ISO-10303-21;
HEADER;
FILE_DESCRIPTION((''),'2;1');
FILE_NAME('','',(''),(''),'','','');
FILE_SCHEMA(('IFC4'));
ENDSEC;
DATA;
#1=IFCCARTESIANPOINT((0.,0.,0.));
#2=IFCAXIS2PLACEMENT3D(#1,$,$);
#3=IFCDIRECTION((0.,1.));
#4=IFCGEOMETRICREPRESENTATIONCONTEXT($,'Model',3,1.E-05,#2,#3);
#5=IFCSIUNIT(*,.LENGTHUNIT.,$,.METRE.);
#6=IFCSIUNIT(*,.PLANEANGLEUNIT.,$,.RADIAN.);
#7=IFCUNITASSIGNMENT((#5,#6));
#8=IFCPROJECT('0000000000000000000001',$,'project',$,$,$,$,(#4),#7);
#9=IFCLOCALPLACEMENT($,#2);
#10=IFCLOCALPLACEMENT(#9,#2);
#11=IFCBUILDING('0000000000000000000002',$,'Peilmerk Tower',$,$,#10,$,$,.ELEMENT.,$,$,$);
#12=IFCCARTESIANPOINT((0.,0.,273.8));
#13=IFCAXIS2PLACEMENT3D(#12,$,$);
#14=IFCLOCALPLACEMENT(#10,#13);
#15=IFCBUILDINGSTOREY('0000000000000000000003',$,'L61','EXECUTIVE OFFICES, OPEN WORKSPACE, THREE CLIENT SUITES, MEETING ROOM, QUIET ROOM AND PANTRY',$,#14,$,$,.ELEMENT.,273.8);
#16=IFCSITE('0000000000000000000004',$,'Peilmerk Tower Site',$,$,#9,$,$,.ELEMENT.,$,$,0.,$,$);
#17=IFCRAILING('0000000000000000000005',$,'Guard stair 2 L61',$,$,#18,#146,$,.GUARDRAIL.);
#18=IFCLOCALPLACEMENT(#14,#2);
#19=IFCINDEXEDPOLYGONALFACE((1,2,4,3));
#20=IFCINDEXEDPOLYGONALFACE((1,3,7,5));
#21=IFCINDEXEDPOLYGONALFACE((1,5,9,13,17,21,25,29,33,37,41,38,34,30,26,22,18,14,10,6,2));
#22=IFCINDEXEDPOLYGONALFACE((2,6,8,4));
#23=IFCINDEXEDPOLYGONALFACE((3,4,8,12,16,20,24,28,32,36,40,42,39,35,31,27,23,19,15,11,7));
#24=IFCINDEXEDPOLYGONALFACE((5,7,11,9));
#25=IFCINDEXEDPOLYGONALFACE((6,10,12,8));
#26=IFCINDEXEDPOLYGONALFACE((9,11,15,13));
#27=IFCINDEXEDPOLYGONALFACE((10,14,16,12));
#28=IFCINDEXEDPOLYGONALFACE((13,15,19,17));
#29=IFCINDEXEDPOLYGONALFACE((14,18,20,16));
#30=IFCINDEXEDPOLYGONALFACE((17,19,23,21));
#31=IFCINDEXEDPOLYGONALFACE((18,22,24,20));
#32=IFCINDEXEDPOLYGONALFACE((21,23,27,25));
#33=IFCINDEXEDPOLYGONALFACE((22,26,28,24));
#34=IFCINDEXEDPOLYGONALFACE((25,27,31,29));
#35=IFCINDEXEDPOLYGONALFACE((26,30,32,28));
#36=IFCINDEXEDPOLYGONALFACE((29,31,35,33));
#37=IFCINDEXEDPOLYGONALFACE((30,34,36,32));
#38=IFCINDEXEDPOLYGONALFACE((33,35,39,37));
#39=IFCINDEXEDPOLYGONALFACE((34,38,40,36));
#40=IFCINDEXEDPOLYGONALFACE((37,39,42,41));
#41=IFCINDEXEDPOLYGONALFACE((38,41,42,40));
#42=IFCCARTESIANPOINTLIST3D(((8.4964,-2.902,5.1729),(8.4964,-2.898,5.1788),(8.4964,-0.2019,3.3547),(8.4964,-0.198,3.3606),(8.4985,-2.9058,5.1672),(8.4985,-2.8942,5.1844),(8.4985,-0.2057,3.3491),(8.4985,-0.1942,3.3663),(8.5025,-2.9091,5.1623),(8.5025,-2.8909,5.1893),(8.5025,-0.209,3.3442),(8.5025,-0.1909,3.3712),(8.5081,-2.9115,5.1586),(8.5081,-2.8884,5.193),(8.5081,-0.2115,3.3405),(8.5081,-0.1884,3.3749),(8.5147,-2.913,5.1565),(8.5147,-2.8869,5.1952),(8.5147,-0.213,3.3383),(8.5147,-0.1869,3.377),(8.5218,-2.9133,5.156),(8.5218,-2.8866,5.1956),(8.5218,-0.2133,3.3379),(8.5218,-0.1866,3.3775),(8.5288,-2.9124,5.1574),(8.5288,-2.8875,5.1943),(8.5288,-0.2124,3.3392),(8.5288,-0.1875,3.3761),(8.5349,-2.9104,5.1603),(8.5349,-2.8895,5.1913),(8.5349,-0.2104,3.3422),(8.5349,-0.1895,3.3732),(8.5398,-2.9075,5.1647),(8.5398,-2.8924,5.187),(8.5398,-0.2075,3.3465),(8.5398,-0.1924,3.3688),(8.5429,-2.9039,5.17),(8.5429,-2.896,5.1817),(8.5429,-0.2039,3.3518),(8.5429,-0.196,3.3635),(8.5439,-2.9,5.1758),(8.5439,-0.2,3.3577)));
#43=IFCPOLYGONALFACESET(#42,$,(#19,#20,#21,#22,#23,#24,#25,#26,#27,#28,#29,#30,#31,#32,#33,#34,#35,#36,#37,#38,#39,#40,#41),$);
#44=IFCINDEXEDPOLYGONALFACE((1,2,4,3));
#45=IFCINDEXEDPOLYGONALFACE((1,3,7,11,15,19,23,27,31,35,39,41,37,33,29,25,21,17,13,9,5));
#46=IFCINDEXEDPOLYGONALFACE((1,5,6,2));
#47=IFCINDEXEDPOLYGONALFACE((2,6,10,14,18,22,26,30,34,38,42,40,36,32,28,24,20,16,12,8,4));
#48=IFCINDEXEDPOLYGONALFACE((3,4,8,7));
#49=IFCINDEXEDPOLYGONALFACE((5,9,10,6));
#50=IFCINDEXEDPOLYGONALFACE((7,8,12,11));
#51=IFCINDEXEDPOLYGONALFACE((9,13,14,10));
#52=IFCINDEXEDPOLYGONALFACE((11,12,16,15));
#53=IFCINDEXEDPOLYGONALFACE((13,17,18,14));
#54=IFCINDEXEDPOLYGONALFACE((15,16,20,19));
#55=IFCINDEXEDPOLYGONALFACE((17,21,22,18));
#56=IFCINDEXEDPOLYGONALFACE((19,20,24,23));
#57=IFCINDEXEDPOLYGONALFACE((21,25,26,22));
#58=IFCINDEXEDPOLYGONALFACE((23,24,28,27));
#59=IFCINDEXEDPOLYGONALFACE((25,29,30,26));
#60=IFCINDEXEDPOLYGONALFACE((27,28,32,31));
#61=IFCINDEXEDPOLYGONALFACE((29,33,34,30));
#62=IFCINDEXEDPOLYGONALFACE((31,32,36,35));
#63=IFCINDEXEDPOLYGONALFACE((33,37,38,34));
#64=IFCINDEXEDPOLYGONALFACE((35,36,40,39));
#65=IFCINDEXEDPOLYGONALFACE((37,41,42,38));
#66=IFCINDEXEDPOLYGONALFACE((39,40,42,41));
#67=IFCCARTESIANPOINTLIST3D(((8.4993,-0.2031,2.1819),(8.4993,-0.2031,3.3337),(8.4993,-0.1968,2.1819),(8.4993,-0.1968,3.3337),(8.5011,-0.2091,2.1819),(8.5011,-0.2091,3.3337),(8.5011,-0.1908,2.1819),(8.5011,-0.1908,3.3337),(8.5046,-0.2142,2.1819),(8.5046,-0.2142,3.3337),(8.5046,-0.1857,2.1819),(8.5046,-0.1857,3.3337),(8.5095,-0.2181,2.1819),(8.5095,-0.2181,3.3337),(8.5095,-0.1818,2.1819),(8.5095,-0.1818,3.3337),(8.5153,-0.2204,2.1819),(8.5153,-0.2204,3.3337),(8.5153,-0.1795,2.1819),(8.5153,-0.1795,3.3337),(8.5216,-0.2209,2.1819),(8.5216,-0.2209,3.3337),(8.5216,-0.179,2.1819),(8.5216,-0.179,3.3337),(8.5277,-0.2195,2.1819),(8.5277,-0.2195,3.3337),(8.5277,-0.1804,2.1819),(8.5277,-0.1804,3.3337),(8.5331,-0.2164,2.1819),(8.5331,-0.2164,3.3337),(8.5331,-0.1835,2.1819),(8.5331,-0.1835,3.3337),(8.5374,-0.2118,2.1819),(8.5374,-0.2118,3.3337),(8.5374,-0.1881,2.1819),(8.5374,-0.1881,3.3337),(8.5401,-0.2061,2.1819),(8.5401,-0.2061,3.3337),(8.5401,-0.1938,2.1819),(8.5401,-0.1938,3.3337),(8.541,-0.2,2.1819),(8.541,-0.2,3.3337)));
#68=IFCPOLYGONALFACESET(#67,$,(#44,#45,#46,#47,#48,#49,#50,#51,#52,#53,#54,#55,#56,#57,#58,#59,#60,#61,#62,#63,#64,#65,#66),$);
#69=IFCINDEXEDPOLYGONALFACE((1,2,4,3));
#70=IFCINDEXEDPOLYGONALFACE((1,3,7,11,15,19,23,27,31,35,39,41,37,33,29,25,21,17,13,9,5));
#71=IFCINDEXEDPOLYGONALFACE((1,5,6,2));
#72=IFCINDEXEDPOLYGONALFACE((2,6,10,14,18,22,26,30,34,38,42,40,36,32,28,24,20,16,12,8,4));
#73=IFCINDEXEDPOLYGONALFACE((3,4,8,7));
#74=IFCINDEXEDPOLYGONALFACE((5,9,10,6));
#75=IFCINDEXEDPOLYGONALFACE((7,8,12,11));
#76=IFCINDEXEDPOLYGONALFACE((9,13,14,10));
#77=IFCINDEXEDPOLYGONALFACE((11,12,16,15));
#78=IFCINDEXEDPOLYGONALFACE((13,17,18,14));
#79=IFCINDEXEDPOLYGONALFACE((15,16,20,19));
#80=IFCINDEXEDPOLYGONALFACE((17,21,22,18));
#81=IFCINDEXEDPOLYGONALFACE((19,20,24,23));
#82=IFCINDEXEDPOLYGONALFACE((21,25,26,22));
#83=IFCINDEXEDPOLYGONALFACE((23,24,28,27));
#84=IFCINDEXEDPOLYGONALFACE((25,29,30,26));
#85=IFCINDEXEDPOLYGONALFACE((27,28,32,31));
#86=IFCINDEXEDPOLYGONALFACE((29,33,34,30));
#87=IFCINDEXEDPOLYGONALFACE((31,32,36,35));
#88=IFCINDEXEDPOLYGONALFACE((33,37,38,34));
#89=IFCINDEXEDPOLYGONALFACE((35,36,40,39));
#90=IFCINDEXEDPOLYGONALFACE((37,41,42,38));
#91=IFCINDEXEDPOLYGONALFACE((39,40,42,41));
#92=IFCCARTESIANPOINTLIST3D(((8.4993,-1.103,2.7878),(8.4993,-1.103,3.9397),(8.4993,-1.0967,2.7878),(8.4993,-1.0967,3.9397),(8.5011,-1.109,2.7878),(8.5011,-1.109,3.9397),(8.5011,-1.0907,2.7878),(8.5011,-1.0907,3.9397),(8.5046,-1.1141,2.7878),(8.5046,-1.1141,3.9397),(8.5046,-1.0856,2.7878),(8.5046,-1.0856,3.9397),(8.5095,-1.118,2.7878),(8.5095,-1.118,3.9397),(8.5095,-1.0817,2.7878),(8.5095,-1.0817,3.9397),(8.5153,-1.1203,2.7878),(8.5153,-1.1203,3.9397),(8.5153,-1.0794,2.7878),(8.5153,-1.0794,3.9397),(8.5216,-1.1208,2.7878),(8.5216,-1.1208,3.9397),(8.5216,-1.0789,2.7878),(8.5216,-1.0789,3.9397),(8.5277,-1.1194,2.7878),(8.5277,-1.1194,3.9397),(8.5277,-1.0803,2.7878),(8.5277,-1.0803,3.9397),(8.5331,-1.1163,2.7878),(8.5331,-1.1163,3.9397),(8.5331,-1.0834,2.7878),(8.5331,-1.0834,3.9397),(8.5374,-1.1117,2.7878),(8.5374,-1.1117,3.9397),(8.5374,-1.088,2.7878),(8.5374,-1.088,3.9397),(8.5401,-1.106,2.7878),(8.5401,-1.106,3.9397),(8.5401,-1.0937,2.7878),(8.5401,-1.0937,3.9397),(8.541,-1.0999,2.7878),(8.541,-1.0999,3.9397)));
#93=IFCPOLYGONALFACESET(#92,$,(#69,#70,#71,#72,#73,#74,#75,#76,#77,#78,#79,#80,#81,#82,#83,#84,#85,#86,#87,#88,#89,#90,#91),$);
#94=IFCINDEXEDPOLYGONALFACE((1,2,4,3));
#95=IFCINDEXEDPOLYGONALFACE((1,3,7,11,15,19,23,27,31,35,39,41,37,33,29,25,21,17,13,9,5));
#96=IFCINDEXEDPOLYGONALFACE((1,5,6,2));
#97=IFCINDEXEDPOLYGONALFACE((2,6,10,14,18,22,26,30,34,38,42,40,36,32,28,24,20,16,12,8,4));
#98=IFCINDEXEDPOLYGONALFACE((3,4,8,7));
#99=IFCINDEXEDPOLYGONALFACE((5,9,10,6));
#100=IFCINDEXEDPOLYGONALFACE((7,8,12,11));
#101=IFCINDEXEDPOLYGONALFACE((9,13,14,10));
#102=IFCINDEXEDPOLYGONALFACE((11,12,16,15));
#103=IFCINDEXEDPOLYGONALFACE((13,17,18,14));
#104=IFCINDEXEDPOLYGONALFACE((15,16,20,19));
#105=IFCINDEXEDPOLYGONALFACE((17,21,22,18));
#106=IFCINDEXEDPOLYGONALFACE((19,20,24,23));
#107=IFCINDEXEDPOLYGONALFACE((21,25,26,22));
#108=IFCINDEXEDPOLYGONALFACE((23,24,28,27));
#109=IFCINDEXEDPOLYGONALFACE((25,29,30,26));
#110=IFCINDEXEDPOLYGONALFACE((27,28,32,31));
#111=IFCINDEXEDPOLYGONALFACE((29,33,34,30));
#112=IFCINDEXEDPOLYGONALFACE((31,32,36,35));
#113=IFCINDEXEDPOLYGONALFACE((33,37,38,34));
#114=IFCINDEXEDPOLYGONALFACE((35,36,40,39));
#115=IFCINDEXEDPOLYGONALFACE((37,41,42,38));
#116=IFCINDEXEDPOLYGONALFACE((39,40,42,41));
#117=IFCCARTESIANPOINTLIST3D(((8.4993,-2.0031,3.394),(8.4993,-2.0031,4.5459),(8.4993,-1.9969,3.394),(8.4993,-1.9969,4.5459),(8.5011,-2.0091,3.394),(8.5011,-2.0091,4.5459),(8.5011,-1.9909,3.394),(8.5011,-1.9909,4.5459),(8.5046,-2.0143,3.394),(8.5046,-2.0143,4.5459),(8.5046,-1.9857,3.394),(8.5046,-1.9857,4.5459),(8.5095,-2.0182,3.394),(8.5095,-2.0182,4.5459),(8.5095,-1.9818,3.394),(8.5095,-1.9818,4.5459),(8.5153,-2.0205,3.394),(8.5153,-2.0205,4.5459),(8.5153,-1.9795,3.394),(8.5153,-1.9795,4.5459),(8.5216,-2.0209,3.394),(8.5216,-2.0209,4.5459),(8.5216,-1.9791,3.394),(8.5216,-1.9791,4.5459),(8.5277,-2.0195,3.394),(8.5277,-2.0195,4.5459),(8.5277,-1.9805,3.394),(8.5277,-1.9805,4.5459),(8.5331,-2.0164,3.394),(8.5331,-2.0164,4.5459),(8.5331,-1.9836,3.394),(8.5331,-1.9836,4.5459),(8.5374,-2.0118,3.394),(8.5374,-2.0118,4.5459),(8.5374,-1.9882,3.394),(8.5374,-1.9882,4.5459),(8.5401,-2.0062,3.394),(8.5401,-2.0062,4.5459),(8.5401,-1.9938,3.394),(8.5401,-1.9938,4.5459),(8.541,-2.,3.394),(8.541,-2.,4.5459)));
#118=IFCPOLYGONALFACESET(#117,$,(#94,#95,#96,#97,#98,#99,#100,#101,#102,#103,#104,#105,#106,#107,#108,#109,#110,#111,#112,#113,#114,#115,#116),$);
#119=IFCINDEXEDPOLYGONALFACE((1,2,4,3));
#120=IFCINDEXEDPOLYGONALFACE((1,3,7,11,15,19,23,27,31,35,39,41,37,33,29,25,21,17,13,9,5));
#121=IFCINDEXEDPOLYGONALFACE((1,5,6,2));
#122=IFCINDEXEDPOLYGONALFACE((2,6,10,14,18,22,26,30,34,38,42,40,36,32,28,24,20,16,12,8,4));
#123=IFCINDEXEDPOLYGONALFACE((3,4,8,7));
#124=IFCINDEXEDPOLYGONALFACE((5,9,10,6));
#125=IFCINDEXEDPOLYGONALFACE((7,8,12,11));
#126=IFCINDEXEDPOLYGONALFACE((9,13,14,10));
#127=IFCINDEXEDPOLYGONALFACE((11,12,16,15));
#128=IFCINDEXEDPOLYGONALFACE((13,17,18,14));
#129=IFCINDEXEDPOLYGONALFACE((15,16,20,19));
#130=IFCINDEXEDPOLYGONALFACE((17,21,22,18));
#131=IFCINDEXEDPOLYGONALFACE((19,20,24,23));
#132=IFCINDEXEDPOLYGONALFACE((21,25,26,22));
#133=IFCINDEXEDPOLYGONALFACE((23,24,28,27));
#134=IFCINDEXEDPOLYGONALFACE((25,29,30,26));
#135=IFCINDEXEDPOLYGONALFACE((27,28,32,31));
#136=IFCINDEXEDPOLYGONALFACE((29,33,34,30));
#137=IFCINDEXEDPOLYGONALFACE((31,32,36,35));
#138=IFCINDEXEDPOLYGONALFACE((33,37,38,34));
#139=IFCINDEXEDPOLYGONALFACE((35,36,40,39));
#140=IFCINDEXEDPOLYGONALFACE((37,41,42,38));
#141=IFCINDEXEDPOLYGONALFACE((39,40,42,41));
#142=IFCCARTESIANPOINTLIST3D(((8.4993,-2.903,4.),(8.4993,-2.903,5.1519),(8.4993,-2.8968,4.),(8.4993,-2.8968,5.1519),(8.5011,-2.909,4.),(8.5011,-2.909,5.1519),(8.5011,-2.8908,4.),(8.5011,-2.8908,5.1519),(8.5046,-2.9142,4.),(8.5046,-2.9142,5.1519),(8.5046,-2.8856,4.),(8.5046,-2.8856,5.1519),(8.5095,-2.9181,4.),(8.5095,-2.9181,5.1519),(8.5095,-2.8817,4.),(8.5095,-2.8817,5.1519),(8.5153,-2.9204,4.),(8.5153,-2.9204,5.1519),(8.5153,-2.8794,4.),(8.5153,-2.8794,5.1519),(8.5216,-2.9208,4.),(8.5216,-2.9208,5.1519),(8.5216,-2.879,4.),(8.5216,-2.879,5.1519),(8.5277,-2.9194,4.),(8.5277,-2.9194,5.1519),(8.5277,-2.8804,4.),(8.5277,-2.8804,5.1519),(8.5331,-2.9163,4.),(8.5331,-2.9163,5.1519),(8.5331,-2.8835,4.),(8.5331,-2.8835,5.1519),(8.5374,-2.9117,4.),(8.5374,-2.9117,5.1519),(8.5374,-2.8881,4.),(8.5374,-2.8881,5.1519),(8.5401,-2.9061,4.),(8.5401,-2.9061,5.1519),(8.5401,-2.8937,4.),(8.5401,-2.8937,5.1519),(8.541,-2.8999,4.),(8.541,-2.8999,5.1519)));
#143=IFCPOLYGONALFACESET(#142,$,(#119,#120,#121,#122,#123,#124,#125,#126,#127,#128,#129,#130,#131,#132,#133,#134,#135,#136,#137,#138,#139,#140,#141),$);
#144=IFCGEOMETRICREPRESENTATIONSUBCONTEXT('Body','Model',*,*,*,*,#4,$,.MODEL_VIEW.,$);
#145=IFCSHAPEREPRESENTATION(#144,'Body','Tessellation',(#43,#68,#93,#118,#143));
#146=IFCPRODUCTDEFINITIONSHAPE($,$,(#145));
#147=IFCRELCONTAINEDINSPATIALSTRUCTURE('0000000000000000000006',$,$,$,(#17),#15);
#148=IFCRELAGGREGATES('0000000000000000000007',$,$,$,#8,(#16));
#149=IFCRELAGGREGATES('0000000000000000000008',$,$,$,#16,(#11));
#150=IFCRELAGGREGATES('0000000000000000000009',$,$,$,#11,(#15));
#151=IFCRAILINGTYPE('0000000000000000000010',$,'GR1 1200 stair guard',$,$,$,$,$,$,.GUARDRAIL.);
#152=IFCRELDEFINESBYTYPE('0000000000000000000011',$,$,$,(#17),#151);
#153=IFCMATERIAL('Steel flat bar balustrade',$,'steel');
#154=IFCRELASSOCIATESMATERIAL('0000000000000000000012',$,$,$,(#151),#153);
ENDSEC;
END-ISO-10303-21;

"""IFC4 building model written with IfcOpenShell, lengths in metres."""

from ifc_helpers import new_model, si_unit, direction, frame, origin, origin_2d, place, context, subcontext, project, spatial, circle, extrude, material, type_object, element, save


model = new_model("IFC4")

# Units and contexts
model_context = context("Model", 3, precision=1e-05, world=origin(), true_north=direction((0.0, 1.0)))
body_context = subcontext(model_context, "Body", "Model", "MODEL_VIEW")
ifc_project = project(units=[si_unit("LENGTHUNIT", "METRE"), si_unit("PLANEANGLEUNIT", "RADIAN")], contexts=[model_context])

# Site, building, storey
site_placement = place(None, origin())
site = spatial("IfcSite", under=ifc_project, at=site_placement, Name="Peilmerk Tower Site", CompositionType="ELEMENT", RefElevation=0.0)
building_placement = place(site_placement, origin())
building = spatial("IfcBuilding", under=site, at=building_placement, Name="Peilmerk Tower", CompositionType="ELEMENT")
storey_placement = place(building_placement, frame((0.0, 0.0, 273.8)))
storey = spatial("IfcBuildingStorey", under=building, at=storey_placement, Name="L61", Description="EXECUTIVE OFFICES, OPEN WORKSPACE, THREE CLIENT SUITES, MEETING ROOM, QUIET ROOM AND PANTRY", CompositionType="ELEMENT", Elevation=273.8)

# Railing
ifc_material_1 = material(Name="Steel flat bar balustrade", Category="steel")
railing_type_1 = type_object("IfcRailingType", Name="GR1 1200 stair guard", PredefinedType="GUARDRAIL", material=ifc_material_1)
railing_1_placement = place(storey_placement, frame((8.52, -0.2, 2.1819)))
element("IfcRailing", 1, at=railing_1_placement, inside=storey, type_object=railing_type_1, Name="Guard stair 2 L61", PredefinedType="GUARDRAIL", context=body_context, shape_type="SweptSolid", body=[
    extrude(circle(Radius=0.0239, at=origin_2d()), frame((0.0, 0.0, 1.1758), z_axis=(0.0, -0.829468, 0.558554), x_axis=(1.0, 0.0, 0.0)), (0.0, 0.0, 1.0), 3.2551),
    extrude(circle(Radius=0.021, at=origin_2d()), origin(), (0.0, 0.0, 1.0), 1.1519),
    extrude(circle(Radius=0.021, at=origin_2d()), frame((0.0, -0.8999, 0.606)), (0.0, 0.0, 1.0), 1.1519),
    extrude(circle(Radius=0.021, at=origin_2d()), frame((0.0, -1.8, 1.2122)), (0.0, 0.0, 1.0), 1.1519),
    extrude(circle(Radius=0.021, at=origin_2d()), frame((0.0, -2.7, 1.8181)), (0.0, 0.0, 1.0), 1.1519),
])

save(model, "model.ifc")
